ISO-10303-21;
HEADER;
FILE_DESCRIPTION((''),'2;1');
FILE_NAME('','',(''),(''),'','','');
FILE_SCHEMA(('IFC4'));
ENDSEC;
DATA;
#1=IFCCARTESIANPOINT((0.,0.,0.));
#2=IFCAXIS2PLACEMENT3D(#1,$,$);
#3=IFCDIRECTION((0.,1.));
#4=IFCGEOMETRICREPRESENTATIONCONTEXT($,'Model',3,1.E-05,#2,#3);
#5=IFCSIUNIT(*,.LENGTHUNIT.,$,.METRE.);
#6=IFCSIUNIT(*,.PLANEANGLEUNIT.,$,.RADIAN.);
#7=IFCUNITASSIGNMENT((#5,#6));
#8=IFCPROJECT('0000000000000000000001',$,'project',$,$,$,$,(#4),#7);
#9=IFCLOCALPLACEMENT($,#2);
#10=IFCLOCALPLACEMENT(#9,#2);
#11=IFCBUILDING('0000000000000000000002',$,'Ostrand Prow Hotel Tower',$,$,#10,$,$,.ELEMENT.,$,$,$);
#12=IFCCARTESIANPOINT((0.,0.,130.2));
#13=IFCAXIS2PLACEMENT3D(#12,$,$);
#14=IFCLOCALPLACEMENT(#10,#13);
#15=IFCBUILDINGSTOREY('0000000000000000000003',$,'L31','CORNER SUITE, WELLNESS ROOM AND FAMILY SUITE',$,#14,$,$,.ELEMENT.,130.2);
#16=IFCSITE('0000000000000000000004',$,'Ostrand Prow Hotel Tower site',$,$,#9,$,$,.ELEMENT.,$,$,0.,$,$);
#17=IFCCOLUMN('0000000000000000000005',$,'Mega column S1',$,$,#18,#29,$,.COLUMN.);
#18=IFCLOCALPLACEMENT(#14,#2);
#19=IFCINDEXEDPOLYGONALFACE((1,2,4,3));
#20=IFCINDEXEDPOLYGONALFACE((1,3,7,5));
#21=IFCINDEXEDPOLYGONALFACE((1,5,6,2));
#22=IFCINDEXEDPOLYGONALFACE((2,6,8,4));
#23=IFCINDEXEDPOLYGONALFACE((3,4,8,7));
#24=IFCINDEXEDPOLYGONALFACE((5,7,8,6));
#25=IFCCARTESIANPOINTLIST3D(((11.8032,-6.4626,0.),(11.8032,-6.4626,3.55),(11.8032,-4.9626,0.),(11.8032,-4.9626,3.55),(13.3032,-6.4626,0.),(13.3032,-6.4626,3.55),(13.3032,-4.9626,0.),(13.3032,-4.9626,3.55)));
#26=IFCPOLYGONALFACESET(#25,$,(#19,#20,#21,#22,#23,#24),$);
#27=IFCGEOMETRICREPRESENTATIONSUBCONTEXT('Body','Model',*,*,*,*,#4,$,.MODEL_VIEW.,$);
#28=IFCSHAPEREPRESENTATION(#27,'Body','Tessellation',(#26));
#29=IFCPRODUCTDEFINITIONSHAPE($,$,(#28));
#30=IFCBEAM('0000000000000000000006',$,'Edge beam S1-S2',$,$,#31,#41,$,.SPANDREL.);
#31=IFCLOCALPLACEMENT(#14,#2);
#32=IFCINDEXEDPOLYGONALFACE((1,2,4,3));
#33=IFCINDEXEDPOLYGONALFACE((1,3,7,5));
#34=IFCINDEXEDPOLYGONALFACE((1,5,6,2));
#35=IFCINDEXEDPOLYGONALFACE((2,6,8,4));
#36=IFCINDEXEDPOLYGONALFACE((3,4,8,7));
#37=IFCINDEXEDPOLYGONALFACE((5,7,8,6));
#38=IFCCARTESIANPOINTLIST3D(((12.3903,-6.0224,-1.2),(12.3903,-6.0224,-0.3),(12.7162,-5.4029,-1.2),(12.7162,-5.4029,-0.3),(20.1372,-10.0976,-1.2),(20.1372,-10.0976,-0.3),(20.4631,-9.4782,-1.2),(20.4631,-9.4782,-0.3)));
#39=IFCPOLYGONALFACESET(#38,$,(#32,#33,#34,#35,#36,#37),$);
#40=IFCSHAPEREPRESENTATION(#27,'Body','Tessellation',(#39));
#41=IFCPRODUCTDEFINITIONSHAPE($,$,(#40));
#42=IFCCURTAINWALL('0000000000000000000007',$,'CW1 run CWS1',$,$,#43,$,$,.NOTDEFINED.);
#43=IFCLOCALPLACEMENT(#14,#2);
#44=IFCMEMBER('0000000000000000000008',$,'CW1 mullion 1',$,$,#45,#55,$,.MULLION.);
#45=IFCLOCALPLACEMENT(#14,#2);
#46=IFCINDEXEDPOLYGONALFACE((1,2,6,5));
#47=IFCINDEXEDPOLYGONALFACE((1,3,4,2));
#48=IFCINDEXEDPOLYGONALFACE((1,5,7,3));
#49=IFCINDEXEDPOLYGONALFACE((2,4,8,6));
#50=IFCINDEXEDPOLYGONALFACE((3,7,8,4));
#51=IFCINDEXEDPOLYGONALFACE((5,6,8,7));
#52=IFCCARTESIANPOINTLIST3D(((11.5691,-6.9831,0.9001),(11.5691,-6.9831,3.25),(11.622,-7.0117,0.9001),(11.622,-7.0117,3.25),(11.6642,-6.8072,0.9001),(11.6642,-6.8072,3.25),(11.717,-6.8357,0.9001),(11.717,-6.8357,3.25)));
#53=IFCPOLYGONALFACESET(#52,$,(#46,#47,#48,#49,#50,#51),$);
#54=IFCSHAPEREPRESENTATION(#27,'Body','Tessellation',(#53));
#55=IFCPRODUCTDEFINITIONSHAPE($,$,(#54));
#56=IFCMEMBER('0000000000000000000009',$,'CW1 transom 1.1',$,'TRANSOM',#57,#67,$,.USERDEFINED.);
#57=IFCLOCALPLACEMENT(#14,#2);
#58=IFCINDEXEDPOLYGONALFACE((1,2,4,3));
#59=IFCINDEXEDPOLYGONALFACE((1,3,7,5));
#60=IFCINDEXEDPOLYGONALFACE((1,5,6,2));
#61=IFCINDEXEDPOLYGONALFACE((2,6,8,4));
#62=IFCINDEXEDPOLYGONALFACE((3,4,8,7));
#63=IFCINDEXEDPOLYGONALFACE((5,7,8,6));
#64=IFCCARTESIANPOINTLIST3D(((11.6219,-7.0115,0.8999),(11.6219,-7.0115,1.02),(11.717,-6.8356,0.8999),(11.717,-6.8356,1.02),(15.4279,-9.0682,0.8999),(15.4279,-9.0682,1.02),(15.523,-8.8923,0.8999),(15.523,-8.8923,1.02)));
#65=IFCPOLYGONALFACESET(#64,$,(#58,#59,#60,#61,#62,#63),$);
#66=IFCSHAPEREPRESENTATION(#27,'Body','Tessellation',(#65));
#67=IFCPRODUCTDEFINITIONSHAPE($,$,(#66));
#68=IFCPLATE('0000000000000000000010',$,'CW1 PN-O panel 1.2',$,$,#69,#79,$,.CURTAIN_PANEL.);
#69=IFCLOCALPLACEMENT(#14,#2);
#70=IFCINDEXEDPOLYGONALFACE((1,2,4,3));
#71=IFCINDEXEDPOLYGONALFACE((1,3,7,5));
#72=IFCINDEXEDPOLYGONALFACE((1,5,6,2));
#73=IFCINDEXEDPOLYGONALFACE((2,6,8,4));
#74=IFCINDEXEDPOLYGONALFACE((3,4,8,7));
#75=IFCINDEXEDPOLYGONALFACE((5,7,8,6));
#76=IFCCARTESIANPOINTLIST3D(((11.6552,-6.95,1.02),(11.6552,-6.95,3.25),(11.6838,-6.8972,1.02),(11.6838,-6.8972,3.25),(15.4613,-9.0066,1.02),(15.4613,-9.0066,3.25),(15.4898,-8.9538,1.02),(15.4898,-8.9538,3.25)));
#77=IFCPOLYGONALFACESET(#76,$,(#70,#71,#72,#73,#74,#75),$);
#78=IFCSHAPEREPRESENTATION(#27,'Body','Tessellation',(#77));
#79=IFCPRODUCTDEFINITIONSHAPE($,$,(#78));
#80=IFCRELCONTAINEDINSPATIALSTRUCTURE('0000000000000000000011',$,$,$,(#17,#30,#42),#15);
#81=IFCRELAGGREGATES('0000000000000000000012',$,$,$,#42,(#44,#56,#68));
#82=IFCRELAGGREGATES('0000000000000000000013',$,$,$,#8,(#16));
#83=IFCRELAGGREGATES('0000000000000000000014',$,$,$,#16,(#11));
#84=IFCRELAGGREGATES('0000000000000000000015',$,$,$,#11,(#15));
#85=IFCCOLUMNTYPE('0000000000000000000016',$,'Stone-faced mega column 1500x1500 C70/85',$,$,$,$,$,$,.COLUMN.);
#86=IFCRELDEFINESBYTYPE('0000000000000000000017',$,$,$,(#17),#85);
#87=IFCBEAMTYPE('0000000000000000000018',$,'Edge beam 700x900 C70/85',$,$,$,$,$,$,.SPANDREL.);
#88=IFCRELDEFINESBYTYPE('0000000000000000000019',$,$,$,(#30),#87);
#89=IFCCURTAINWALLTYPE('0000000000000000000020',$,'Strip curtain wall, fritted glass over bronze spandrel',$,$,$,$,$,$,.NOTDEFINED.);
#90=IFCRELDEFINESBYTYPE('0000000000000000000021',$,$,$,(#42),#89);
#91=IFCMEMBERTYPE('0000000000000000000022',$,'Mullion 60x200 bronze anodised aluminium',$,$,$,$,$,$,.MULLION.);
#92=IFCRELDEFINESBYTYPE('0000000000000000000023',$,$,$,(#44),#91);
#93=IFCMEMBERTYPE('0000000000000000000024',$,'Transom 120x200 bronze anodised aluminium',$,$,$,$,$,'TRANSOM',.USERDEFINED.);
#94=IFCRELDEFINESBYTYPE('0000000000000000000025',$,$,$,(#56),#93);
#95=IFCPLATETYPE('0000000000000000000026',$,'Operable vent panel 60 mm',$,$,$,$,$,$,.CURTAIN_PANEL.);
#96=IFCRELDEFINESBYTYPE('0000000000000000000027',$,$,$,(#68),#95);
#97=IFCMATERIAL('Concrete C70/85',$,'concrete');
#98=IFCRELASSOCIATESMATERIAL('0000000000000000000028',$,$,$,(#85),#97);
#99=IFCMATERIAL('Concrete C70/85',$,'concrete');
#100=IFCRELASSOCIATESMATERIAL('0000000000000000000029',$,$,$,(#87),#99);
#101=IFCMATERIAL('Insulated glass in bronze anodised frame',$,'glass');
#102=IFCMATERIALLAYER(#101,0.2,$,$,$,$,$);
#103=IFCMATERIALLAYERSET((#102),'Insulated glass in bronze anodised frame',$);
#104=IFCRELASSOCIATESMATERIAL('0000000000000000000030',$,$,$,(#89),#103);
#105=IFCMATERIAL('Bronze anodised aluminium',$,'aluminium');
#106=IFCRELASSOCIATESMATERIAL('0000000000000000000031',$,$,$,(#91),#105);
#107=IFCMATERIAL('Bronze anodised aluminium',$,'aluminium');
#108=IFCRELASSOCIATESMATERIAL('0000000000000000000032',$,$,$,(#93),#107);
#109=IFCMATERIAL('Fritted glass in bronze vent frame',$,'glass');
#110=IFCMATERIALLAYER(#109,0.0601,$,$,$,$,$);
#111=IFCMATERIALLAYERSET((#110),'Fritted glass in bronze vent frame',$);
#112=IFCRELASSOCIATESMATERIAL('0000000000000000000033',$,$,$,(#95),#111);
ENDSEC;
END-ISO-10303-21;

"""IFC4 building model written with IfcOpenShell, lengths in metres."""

from ifc_helpers import new_model, si_unit, direction, frame, origin, origin_2d, place, context, subcontext, project, spatial, rectangle, extrude, material, layer, layer_set, material_profile, profile_set, type_object, element, aggregate, save


model = new_model("IFC4")

# Units and contexts
model_context = context("Model", 3, precision=1e-05, world=origin(), true_north=direction((0.0, 1.0)))
body_context = subcontext(model_context, "Body", "Model", "MODEL_VIEW")
ifc_project = project(units=[si_unit("LENGTHUNIT", "METRE"), si_unit("PLANEANGLEUNIT", "RADIAN")], contexts=[model_context])

# Site, building, storey
site_placement = place(None, origin())
site = spatial("IfcSite", under=ifc_project, at=site_placement, Name="Ostrand Prow Hotel Tower site", CompositionType="ELEMENT", RefElevation=0.0)
building_placement = place(site_placement, origin())
building = spatial("IfcBuilding", under=site, at=building_placement, Name="Ostrand Prow Hotel Tower", CompositionType="ELEMENT")
storey_placement = place(building_placement, frame((0.0, 0.0, 130.2)))
storey = spatial("IfcBuildingStorey", under=building, at=storey_placement, Name="L31", Description="CORNER SUITE, WELLNESS ROOM AND FAMILY SUITE", CompositionType="ELEMENT", Elevation=130.2)

# Column
ifc_material_1 = material(Name="Concrete C70/85", Category="concrete")
ifc_material_profile_1 = material_profile(ifc_material_1, rectangle(XDim=1.5, YDim=1.5, at=origin_2d()), Name="RC 1500x1500")
ifc_profile_set_1 = profile_set([ifc_material_profile_1], Name="Concrete C70/85")
column_type = type_object("IfcColumnType", Name="Stone-faced mega column 1500x1500 C70/85", PredefinedType="COLUMN", material=ifc_profile_set_1)
column_placement = place(storey_placement, frame((12.5532, -5.7126, 0.0), z_axis=(0.0, 0.0, 1.0), x_axis=(1.0, 0.0, 0.0)))
element("IfcColumn", 1, at=column_placement, inside=storey, type_object=column_type, Name="Mega column S1", PredefinedType="COLUMN", context=body_context, shape_type="SweptSolid", body=[
    extrude(rectangle(XDim=1.5, YDim=1.5, at=origin_2d()), origin(), (0.0, 0.0, 1.0), 3.55),
])

# Beam
ifc_material_2 = material(Name="Concrete C70/85", Category="concrete")
ifc_material_profile_2 = material_profile(ifc_material_2, rectangle(XDim=0.7, YDim=0.8999, at=origin_2d()), Name="RC 700x900")
ifc_profile_set_2 = profile_set([ifc_material_profile_2], Name="Concrete C70/85")
beam_type = type_object("IfcBeamType", Name="Edge beam 700x900 C70/85", PredefinedType="SPANDREL", material=ifc_profile_set_2)
beam_placement = place(storey_placement, frame((12.5532, -5.7126, -0.75), z_axis=(0.885016, -0.46556, 0.0), x_axis=(0.46556, 0.885016, 0.0)))
element("IfcBeam", 2, at=beam_placement, inside=storey, type_object=beam_type, Name="Edge beam S1-S2", PredefinedType="SPANDREL", context=body_context, shape_type="SweptSolid", body=[
    extrude(rectangle(XDim=0.7, YDim=0.8999, at=origin_2d()), origin(), (0.0, 0.0, 1.0), 8.7534),
])

# Curtain wall, members, plate
ifc_material_3 = material(Name="Insulated glass in bronze anodised frame", Category="glass")
ifc_layer_1 = layer(ifc_material_3, 0.2)
ifc_layer_set_1 = layer_set([ifc_layer_1], Name="Insulated glass in bronze anodised frame")
curtain_wall_type = type_object("IfcCurtainWallType", Name="Strip curtain wall, fritted glass over bronze spandrel", PredefinedType="NOTDEFINED", material=ifc_layer_set_1)
curtain_wall_placement = place(storey_placement, origin())
curtain_wall = element("IfcCurtainWall", 3, at=curtain_wall_placement, inside=storey, type_object=curtain_wall_type, Name="CW1 run CWS1", PredefinedType="NOTDEFINED")
ifc_material_4 = material(Name="Bronze anodised aluminium", Category="aluminium")
ifc_material_profile_3 = material_profile(ifc_material_4, rectangle(XDim=0.2, YDim=0.0601, at=origin_2d()), Name="Mullion 60x200 bronze anodised aluminium")
ifc_profile_set_3 = profile_set([ifc_material_profile_3], Name="Bronze anodised aluminium")
member_type_1 = type_object("IfcMemberType", Name="Mullion 60x200 bronze anodised aluminium", PredefinedType="MULLION", material=ifc_profile_set_3)
member_1_placement = place(storey_placement, frame((11.6431, -6.9094, 0.9001), z_axis=(0.0, 0.0, 1.0), x_axis=(0.475394, 0.879773, 0.0)))
member_1 = element("IfcMember", 4, at=member_1_placement, type_object=member_type_1, Name="CW1 mullion 1", PredefinedType="MULLION", context=body_context, shape_type="SweptSolid", body=[
    extrude(rectangle(XDim=0.2, YDim=0.0601, at=origin_2d()), origin(), (0.0, 0.0, 1.0), 2.3499),
])
ifc_material_5 = material(Name="Bronze anodised aluminium", Category="aluminium")
ifc_material_profile_4 = material_profile(ifc_material_5, rectangle(XDim=0.2, YDim=0.1201, at=origin_2d()), Name="Transom 120x200 bronze anodised aluminium")
ifc_profile_set_4 = profile_set([ifc_material_profile_4], Name="Bronze anodised aluminium")
member_type_2 = type_object("IfcMemberType", Name="Transom 120x200 bronze anodised aluminium", ElementType="TRANSOM", PredefinedType="USERDEFINED", material=ifc_profile_set_4)
member_2_placement = place(storey_placement, frame((11.6694, -6.9236, 0.96), z_axis=(0.879765, -0.475408, 0.0), x_axis=(0.475408, 0.879765, 0.0)))
member_2 = element("IfcMember", 5, at=member_2_placement, type_object=member_type_2, Name="CW1 transom 1.1", ObjectType="TRANSOM", PredefinedType="USERDEFINED", context=body_context, shape_type="SweptSolid", body=[
    extrude(rectangle(XDim=0.2, YDim=0.1201, at=origin_2d()), origin(), (0.0, 0.0, 1.0), 4.3262),
])
ifc_material_6 = material(Name="Fritted glass in bronze vent frame", Category="glass")
ifc_layer_2 = layer(ifc_material_6, 0.0601)
ifc_layer_set_2 = layer_set([ifc_layer_2], Name="Fritted glass in bronze vent frame")
plate_type = type_object("IfcPlateType", Name="Operable vent panel 60 mm", PredefinedType="CURTAIN_PANEL", material=ifc_layer_set_2)
plate_placement = place(storey_placement, frame((13.5725, -7.9519, 1.02), z_axis=(0.0, 0.0, 1.0), x_axis=(0.879773, -0.475394, 0.0)))
plate = element("IfcPlate", 6, at=plate_placement, type_object=plate_type, Name="CW1 PN-O panel 1.2", PredefinedType="CURTAIN_PANEL", context=body_context, shape_type="SweptSolid", body=[
    extrude(rectangle(XDim=4.3262, YDim=0.0601, at=origin_2d()), origin(), (0.0, 0.0, 1.0), 2.23),
])
aggregate(curtain_wall, [member_1, member_2, plate])

save(model, "model.ifc")
